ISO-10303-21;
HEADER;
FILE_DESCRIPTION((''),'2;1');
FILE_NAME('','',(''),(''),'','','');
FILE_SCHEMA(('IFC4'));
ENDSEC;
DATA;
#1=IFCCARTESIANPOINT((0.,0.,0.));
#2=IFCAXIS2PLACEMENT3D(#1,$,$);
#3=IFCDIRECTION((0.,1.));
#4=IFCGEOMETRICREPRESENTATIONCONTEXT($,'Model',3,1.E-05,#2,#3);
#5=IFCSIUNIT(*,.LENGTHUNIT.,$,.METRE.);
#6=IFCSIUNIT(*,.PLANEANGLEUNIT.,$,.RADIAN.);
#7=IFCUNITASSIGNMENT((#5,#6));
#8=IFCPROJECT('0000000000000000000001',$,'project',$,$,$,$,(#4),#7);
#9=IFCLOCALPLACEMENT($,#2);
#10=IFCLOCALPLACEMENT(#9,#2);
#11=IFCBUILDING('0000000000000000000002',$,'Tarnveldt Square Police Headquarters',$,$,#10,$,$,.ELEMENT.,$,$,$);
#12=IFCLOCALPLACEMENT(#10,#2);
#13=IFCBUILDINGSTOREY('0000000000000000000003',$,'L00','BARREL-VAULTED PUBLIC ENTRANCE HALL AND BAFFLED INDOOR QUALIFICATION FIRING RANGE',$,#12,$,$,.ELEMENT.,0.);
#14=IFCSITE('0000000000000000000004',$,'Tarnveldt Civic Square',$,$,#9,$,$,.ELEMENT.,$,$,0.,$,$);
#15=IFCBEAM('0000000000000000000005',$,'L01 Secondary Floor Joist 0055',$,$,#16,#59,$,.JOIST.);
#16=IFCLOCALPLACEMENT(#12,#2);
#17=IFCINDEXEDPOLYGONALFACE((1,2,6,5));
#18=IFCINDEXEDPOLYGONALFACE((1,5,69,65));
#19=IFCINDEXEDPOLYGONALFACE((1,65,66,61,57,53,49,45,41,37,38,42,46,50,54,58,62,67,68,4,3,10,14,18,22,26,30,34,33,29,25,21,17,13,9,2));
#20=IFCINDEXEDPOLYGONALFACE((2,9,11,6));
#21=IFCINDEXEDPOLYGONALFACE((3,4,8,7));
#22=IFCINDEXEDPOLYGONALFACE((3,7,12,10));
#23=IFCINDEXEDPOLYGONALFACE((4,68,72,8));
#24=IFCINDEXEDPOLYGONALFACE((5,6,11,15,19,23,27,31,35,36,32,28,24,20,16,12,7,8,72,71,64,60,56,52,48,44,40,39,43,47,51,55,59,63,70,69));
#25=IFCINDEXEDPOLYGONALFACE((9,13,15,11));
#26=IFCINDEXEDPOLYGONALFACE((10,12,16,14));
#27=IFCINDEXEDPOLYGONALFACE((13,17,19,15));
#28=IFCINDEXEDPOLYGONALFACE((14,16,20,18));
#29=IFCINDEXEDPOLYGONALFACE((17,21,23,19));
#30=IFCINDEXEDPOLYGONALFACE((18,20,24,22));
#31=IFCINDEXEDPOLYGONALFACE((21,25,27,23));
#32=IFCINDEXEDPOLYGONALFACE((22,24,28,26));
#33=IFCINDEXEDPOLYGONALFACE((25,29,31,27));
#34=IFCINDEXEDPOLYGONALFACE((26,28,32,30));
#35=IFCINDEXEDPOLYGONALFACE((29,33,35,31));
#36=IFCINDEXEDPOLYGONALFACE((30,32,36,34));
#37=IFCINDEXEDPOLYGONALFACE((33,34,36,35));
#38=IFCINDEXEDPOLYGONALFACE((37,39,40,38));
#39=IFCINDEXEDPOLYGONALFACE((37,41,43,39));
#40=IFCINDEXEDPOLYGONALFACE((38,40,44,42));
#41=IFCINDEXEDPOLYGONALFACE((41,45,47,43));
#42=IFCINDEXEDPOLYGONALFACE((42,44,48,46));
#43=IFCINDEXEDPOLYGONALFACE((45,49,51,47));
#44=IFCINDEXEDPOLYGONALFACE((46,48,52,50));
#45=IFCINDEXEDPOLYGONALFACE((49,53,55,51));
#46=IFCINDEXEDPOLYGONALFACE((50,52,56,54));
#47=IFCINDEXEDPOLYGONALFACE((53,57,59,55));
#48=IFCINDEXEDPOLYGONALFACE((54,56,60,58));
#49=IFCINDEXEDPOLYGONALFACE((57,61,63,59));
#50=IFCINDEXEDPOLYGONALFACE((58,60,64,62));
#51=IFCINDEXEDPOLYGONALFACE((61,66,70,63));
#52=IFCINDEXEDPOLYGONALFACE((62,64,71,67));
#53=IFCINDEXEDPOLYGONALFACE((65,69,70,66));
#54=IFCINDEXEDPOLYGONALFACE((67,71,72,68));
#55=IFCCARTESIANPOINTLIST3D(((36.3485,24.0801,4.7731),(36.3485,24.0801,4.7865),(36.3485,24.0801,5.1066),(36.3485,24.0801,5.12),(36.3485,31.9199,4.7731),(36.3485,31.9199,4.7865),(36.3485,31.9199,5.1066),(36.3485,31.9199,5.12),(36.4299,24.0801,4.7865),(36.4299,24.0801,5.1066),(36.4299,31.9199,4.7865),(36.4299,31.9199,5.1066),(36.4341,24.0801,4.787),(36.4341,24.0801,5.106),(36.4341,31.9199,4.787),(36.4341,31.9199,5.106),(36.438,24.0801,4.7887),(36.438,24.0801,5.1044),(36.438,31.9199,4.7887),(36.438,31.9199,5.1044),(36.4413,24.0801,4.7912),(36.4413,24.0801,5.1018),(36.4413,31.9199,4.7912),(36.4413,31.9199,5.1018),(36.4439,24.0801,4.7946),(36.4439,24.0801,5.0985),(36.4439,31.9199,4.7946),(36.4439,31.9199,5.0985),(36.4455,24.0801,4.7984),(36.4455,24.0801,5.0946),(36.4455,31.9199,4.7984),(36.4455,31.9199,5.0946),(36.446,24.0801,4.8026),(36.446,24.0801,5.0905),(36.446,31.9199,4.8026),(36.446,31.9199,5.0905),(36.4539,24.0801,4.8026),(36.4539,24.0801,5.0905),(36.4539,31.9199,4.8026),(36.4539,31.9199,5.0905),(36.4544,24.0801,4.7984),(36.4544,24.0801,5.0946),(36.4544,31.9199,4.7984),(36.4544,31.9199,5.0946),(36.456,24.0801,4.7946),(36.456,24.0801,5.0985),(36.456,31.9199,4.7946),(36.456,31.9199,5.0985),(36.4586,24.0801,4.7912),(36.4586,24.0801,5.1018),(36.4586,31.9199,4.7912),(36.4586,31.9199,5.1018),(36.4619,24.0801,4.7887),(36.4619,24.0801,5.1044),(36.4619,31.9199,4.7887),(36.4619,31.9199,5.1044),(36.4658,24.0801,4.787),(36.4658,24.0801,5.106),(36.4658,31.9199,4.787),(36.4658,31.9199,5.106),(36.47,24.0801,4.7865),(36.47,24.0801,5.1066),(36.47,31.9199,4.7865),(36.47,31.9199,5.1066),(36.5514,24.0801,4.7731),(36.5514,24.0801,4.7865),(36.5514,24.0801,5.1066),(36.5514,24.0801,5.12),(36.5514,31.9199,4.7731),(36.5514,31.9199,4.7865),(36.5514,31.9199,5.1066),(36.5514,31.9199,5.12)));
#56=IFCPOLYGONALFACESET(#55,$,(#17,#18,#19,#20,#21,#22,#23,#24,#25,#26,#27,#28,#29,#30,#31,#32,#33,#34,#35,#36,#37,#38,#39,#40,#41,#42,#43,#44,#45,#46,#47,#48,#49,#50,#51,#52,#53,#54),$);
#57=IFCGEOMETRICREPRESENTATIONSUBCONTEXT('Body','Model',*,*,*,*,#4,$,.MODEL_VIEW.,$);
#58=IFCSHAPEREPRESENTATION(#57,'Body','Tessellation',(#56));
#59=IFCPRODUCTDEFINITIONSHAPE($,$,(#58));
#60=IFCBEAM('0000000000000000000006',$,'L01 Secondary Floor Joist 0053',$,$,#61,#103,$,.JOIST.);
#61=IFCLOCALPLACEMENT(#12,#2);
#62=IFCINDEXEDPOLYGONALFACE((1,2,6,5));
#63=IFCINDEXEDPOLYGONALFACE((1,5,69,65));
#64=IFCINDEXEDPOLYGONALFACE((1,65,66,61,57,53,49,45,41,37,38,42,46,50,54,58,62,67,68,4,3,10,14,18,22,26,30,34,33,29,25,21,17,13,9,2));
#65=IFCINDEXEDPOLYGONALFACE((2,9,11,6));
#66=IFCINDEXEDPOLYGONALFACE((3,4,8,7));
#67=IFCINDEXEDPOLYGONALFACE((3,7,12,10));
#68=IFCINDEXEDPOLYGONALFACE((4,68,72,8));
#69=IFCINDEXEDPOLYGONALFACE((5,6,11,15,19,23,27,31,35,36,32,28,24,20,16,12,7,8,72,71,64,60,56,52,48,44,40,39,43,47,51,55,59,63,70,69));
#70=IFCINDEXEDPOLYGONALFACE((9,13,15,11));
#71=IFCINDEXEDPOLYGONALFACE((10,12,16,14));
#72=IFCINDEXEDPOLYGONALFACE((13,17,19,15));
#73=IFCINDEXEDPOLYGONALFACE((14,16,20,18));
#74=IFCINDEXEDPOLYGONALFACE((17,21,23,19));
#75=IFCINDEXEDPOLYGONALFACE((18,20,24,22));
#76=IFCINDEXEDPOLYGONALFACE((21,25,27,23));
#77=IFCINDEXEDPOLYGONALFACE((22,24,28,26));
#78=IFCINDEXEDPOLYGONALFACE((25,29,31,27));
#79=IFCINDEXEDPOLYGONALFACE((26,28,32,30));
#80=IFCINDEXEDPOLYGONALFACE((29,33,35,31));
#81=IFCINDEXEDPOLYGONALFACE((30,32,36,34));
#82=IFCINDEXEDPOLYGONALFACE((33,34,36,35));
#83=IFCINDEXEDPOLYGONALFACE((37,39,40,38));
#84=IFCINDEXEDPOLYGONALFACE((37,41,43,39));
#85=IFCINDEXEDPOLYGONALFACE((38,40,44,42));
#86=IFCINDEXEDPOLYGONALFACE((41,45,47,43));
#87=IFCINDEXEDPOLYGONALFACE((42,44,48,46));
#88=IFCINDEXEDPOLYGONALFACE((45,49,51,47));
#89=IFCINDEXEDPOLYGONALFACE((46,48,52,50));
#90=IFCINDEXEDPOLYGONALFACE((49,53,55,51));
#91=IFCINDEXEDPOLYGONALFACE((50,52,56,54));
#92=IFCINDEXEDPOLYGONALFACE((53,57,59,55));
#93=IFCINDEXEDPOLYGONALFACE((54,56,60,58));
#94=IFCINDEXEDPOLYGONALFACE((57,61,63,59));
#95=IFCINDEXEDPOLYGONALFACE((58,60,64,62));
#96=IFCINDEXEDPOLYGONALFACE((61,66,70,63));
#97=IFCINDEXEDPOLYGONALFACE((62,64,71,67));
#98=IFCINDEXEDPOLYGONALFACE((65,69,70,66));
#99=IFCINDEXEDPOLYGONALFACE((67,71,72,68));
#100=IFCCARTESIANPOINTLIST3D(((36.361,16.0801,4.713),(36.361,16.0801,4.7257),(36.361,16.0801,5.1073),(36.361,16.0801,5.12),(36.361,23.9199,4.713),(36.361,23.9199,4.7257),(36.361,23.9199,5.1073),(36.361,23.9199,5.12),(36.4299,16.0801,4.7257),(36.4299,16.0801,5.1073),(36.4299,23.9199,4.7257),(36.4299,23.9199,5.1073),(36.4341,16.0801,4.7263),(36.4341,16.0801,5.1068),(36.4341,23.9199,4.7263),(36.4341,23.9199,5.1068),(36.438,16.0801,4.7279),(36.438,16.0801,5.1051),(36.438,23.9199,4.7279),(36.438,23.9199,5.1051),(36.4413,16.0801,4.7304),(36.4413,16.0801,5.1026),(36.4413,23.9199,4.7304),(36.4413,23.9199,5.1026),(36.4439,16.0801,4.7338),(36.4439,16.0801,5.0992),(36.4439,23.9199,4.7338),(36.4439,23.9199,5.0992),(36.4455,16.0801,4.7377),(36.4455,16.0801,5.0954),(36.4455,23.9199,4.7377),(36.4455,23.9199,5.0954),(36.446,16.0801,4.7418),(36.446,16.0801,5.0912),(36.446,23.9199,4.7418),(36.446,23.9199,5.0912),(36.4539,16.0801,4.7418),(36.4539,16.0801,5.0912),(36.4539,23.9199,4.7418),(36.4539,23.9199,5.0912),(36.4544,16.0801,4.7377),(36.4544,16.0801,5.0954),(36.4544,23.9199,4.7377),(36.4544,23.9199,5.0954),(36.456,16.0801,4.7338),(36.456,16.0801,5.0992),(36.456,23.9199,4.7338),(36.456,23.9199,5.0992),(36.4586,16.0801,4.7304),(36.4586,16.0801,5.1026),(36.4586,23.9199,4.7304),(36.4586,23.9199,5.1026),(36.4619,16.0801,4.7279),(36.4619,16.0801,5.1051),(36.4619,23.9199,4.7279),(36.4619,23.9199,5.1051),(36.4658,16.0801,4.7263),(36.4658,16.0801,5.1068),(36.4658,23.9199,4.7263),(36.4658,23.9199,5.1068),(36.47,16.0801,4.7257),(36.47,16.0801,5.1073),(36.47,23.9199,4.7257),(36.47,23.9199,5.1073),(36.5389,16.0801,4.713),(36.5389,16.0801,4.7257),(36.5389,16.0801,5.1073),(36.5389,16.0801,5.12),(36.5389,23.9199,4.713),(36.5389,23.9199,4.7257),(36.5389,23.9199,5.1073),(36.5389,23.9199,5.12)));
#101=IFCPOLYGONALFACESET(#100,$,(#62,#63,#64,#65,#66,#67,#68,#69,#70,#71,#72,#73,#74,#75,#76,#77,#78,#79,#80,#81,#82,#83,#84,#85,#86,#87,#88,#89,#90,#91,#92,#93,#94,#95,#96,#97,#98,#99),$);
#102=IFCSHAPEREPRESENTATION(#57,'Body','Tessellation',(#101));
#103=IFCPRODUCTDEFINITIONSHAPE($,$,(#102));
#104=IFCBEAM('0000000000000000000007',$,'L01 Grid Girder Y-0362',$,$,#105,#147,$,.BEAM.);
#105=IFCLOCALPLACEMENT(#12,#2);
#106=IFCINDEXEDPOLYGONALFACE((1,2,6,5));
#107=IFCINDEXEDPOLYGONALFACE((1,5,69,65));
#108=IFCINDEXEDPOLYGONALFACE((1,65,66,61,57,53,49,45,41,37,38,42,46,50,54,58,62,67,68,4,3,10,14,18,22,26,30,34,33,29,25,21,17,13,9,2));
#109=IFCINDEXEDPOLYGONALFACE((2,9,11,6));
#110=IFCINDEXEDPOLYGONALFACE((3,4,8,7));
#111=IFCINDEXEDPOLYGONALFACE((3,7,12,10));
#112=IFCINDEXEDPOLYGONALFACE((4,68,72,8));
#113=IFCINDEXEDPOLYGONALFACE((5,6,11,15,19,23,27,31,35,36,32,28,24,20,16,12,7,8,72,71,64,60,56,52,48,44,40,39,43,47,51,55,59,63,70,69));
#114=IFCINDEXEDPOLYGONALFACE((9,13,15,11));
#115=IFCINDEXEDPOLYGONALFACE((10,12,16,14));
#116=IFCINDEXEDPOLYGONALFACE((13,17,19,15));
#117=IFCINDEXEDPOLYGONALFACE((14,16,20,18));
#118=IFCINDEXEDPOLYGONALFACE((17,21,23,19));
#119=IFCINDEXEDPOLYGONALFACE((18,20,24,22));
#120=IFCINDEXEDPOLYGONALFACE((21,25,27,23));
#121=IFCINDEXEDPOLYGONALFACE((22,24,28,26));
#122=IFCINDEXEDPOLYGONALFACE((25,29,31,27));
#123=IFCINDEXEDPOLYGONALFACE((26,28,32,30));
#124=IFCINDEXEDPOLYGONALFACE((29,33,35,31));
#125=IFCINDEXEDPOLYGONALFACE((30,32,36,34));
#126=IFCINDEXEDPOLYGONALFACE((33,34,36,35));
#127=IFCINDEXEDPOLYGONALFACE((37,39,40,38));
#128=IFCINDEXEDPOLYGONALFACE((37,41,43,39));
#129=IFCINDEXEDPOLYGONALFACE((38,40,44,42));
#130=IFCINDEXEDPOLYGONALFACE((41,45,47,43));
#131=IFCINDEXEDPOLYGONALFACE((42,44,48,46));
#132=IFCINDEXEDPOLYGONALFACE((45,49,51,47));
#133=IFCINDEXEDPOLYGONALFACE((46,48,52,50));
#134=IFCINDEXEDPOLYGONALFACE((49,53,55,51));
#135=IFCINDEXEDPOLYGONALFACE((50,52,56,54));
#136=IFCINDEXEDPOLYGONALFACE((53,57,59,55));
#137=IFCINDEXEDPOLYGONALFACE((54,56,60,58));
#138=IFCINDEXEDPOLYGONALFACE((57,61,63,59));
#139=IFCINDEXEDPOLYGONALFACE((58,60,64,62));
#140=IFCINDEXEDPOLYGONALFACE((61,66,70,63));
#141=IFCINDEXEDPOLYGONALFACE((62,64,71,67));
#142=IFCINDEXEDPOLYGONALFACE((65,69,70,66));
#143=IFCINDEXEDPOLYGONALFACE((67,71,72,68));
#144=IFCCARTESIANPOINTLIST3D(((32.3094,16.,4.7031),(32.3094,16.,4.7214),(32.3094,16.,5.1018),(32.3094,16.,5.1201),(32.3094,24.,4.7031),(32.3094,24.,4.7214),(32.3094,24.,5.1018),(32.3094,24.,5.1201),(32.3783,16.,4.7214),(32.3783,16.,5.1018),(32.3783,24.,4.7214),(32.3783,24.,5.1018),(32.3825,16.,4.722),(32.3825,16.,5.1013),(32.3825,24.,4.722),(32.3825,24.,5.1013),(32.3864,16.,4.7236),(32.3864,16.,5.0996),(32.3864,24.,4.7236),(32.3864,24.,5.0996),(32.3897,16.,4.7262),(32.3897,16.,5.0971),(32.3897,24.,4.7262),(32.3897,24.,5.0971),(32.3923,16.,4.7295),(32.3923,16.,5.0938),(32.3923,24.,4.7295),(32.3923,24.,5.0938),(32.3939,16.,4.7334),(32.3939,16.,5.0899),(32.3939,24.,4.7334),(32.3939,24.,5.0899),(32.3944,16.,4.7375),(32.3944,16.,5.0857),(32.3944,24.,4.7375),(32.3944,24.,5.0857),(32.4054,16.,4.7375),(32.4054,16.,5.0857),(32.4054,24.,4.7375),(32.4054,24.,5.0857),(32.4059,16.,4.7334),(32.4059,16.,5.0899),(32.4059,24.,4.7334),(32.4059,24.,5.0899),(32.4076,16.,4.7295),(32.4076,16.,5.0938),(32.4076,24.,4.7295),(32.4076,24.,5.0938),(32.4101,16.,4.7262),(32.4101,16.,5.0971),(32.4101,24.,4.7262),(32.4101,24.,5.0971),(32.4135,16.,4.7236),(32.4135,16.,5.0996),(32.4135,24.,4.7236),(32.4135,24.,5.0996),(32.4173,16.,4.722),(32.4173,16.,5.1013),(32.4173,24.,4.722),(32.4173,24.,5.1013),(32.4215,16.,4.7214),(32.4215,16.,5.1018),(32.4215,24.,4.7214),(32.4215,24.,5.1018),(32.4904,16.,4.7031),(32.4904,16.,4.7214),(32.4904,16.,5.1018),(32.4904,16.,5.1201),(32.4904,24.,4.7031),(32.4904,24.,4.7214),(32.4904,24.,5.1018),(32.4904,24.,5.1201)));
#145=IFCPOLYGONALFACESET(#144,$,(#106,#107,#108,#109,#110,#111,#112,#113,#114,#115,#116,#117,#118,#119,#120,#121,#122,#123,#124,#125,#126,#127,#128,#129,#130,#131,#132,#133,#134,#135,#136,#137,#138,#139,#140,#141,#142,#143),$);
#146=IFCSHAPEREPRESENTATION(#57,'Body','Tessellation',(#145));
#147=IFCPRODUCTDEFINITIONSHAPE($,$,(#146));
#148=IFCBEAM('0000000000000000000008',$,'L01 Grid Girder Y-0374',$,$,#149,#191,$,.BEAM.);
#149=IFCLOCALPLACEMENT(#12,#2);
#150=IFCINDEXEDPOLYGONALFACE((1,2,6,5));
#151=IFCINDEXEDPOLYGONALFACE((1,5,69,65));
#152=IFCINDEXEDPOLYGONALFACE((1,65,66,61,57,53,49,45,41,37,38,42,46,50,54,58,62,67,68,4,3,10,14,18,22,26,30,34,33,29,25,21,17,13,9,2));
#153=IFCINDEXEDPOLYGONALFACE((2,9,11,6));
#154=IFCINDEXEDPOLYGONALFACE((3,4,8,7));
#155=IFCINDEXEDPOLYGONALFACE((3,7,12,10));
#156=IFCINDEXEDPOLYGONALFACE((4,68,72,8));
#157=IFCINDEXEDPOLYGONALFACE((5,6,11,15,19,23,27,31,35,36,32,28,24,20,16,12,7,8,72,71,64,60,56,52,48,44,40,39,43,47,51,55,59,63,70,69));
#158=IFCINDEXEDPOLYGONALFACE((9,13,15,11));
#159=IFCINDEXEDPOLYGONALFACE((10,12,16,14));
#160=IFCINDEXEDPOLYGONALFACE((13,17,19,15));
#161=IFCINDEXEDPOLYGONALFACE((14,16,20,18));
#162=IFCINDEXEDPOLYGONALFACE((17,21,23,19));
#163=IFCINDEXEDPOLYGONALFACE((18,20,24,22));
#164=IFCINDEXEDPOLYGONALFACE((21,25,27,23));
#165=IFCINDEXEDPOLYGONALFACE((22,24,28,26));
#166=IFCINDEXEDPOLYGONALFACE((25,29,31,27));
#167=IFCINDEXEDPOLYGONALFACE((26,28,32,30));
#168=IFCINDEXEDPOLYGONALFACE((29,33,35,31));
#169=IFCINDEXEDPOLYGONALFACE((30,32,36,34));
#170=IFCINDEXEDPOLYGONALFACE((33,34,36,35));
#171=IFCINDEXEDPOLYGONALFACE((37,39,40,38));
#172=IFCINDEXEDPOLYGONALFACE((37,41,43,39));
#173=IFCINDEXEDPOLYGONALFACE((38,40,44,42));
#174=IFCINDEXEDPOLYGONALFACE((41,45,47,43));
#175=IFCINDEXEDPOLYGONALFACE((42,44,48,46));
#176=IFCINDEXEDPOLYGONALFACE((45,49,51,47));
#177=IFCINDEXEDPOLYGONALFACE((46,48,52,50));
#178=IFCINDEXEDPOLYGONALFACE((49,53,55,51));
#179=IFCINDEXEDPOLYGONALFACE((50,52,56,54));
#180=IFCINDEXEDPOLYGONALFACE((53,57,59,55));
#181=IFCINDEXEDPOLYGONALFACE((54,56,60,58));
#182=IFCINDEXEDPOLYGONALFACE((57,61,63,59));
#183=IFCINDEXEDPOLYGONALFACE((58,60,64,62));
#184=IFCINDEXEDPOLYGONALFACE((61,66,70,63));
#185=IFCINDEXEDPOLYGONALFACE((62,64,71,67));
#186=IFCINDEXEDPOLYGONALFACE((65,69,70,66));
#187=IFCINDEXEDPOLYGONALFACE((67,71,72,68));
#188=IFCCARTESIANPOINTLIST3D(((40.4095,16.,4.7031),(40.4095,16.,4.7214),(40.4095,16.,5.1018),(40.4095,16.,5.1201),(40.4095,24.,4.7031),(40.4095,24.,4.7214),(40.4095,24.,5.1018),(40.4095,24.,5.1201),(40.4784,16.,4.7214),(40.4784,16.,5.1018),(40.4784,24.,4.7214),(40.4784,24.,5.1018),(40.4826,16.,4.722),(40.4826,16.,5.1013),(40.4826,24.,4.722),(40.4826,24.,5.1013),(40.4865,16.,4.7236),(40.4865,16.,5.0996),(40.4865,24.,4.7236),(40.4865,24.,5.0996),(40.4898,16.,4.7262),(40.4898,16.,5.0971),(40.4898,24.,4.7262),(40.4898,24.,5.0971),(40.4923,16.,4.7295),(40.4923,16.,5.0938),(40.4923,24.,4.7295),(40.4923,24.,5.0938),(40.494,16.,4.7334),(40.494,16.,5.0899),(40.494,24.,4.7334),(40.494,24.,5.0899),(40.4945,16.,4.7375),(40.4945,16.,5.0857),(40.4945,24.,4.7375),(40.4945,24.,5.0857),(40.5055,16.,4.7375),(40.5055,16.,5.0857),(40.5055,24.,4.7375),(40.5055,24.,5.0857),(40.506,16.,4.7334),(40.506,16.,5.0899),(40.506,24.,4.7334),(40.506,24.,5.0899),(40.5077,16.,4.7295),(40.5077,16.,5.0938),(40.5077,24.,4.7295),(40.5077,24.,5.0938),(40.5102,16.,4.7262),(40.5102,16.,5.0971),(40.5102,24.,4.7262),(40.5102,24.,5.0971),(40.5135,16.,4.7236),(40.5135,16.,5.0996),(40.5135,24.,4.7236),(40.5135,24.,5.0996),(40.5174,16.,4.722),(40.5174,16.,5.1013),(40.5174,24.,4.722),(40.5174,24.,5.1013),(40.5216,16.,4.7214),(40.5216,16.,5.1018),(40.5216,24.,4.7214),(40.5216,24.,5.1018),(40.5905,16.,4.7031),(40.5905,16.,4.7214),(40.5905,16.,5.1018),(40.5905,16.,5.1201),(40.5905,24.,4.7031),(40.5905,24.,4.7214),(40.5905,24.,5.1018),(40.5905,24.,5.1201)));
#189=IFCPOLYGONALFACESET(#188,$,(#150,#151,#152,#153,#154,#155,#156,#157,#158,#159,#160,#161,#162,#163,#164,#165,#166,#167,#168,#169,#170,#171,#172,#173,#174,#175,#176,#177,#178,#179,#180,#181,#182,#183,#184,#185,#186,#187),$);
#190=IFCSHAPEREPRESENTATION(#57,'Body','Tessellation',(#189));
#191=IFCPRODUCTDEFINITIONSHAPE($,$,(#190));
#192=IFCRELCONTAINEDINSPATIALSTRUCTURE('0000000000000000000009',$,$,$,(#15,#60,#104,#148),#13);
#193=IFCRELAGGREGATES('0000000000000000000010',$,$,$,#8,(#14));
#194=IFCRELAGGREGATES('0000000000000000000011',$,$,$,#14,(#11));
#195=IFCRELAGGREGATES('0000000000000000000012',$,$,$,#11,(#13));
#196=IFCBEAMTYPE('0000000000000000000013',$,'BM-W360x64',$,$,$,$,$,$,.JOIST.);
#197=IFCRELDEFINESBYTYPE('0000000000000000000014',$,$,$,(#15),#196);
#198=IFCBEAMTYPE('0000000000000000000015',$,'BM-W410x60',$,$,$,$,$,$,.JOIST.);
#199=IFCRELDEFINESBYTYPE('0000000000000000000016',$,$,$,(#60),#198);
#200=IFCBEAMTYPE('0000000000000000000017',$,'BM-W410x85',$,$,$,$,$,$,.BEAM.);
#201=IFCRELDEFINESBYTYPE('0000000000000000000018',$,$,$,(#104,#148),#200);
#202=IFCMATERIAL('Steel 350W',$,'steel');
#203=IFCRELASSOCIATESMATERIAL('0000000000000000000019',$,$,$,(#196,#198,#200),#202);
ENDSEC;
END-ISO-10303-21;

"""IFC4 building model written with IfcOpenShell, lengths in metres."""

from ifc_helpers import new_model, si_unit, direction, frame, origin, origin_2d, place, context, subcontext, project, spatial, i_section, extrude, material, material_profile, profile_set, type_object, element, save


model = new_model("IFC4")

# Units and contexts
model_context = context("Model", 3, precision=1e-05, world=origin(), true_north=direction((0.0, 1.0)))
body_context = subcontext(model_context, "Body", "Model", "MODEL_VIEW")
ifc_project = project(units=[si_unit("LENGTHUNIT", "METRE"), si_unit("PLANEANGLEUNIT", "RADIAN")], contexts=[model_context])

# Site, building, storey
site_placement = place(None, origin())
site = spatial("IfcSite", under=ifc_project, at=site_placement, Name="Tarnveldt Civic Square", CompositionType="ELEMENT", RefElevation=0.0)
building_placement = place(site_placement, origin())
building = spatial("IfcBuilding", under=site, at=building_placement, Name="Tarnveldt Square Police Headquarters", CompositionType="ELEMENT")
storey_placement = place(building_placement, origin())
storey = spatial("IfcBuildingStorey", under=building, at=storey_placement, Name="L00", Description="BARREL-VAULTED PUBLIC ENTRANCE HALL AND BAFFLED INDOOR QUALIFICATION FIRING RANGE", CompositionType="ELEMENT", Elevation=0.0)

# Beams
ifc_material_1 = material(Name="Steel 350W", Category="steel")
ifc_material_profile_1 = material_profile(ifc_material_1, i_section(OverallWidth=0.2029, OverallDepth=0.3469, WebThickness=0.0078, FlangeThickness=0.0134, FilletRadius=0.0161, at=origin_2d()), Name="W360x64")
ifc_profile_set_1 = profile_set([ifc_material_profile_1], Name="Steel 350W")
beam_type_1 = type_object("IfcBeamType", Name="BM-W360x64", PredefinedType="JOIST", material=ifc_profile_set_1)
beam_1_placement = place(storey_placement, frame((36.45, 24.0801, 4.9465), z_axis=(0.0, 1.0, 0.0), x_axis=(-1.0, 0.0, 0.0)))
element("IfcBeam", 1, at=beam_1_placement, inside=storey, type_object=beam_type_1, Name="L01 Secondary Floor Joist 0055", PredefinedType="JOIST", context=body_context, shape_type="SweptSolid", body=[
    extrude(i_section(OverallWidth=0.2029, OverallDepth=0.3469, WebThickness=0.0078, FlangeThickness=0.0134, FilletRadius=0.0161, at=origin_2d()), origin(), (0.0, 0.0, 1.0), 7.8398),
])
ifc_material_profile_2 = material_profile(ifc_material_1, i_section(OverallWidth=0.178, OverallDepth=0.407, WebThickness=0.0078, FlangeThickness=0.0127, FilletRadius=0.0161, at=origin_2d()), Name="W410x60")
ifc_profile_set_2 = profile_set([ifc_material_profile_2], Name="Steel 350W")
beam_type_2 = type_object("IfcBeamType", Name="BM-W410x60", PredefinedType="JOIST", material=ifc_profile_set_2)
beam_2_placement = place(storey_placement, frame((36.45, 16.0801, 4.9165), z_axis=(0.0, 1.0, 0.0), x_axis=(-1.0, 0.0, 0.0)))
element("IfcBeam", 2, at=beam_2_placement, inside=storey, type_object=beam_type_2, Name="L01 Secondary Floor Joist 0053", PredefinedType="JOIST", context=body_context, shape_type="SweptSolid", body=[
    extrude(i_section(OverallWidth=0.178, OverallDepth=0.407, WebThickness=0.0078, FlangeThickness=0.0127, FilletRadius=0.0161, at=origin_2d()), origin(), (0.0, 0.0, 1.0), 7.8398),
])
ifc_material_profile_3 = material_profile(ifc_material_1, i_section(OverallWidth=0.1809, OverallDepth=0.417, WebThickness=0.011, FlangeThickness=0.0183, FilletRadius=0.0161, at=origin_2d()), Name="W410x85")
ifc_profile_set_3 = profile_set([ifc_material_profile_3], Name="Steel 350W")
beam_type_3 = type_object("IfcBeamType", Name="BM-W410x85", PredefinedType="BEAM", material=ifc_profile_set_3)
for number, where, z_axis, x_axis, name in (
    (3, (32.3999, 16.0, 4.9116), (0.0, 1.0, 0.0), (-1.0, 0.0, 0.0), "L01 Grid Girder Y-0362"),
    (4, (40.5, 16.0, 4.9116), (0.0, 1.0, 0.0), (-1.0, 0.0, 0.0), "L01 Grid Girder Y-0374"),
):
    element("IfcBeam", number, at=place(storey_placement, frame(where, z_axis=z_axis, x_axis=x_axis)), inside=storey, type_object=beam_type_3, Name=name, PredefinedType="BEAM", context=body_context, shape_type="SweptSolid", body=[
        extrude(i_section(OverallWidth=0.1809, OverallDepth=0.417, WebThickness=0.011, FlangeThickness=0.0183, FilletRadius=0.0161, at=origin_2d()), origin(), (0.0, 0.0, 1.0), 8.0),
    ])

save(model, "model.ifc")
